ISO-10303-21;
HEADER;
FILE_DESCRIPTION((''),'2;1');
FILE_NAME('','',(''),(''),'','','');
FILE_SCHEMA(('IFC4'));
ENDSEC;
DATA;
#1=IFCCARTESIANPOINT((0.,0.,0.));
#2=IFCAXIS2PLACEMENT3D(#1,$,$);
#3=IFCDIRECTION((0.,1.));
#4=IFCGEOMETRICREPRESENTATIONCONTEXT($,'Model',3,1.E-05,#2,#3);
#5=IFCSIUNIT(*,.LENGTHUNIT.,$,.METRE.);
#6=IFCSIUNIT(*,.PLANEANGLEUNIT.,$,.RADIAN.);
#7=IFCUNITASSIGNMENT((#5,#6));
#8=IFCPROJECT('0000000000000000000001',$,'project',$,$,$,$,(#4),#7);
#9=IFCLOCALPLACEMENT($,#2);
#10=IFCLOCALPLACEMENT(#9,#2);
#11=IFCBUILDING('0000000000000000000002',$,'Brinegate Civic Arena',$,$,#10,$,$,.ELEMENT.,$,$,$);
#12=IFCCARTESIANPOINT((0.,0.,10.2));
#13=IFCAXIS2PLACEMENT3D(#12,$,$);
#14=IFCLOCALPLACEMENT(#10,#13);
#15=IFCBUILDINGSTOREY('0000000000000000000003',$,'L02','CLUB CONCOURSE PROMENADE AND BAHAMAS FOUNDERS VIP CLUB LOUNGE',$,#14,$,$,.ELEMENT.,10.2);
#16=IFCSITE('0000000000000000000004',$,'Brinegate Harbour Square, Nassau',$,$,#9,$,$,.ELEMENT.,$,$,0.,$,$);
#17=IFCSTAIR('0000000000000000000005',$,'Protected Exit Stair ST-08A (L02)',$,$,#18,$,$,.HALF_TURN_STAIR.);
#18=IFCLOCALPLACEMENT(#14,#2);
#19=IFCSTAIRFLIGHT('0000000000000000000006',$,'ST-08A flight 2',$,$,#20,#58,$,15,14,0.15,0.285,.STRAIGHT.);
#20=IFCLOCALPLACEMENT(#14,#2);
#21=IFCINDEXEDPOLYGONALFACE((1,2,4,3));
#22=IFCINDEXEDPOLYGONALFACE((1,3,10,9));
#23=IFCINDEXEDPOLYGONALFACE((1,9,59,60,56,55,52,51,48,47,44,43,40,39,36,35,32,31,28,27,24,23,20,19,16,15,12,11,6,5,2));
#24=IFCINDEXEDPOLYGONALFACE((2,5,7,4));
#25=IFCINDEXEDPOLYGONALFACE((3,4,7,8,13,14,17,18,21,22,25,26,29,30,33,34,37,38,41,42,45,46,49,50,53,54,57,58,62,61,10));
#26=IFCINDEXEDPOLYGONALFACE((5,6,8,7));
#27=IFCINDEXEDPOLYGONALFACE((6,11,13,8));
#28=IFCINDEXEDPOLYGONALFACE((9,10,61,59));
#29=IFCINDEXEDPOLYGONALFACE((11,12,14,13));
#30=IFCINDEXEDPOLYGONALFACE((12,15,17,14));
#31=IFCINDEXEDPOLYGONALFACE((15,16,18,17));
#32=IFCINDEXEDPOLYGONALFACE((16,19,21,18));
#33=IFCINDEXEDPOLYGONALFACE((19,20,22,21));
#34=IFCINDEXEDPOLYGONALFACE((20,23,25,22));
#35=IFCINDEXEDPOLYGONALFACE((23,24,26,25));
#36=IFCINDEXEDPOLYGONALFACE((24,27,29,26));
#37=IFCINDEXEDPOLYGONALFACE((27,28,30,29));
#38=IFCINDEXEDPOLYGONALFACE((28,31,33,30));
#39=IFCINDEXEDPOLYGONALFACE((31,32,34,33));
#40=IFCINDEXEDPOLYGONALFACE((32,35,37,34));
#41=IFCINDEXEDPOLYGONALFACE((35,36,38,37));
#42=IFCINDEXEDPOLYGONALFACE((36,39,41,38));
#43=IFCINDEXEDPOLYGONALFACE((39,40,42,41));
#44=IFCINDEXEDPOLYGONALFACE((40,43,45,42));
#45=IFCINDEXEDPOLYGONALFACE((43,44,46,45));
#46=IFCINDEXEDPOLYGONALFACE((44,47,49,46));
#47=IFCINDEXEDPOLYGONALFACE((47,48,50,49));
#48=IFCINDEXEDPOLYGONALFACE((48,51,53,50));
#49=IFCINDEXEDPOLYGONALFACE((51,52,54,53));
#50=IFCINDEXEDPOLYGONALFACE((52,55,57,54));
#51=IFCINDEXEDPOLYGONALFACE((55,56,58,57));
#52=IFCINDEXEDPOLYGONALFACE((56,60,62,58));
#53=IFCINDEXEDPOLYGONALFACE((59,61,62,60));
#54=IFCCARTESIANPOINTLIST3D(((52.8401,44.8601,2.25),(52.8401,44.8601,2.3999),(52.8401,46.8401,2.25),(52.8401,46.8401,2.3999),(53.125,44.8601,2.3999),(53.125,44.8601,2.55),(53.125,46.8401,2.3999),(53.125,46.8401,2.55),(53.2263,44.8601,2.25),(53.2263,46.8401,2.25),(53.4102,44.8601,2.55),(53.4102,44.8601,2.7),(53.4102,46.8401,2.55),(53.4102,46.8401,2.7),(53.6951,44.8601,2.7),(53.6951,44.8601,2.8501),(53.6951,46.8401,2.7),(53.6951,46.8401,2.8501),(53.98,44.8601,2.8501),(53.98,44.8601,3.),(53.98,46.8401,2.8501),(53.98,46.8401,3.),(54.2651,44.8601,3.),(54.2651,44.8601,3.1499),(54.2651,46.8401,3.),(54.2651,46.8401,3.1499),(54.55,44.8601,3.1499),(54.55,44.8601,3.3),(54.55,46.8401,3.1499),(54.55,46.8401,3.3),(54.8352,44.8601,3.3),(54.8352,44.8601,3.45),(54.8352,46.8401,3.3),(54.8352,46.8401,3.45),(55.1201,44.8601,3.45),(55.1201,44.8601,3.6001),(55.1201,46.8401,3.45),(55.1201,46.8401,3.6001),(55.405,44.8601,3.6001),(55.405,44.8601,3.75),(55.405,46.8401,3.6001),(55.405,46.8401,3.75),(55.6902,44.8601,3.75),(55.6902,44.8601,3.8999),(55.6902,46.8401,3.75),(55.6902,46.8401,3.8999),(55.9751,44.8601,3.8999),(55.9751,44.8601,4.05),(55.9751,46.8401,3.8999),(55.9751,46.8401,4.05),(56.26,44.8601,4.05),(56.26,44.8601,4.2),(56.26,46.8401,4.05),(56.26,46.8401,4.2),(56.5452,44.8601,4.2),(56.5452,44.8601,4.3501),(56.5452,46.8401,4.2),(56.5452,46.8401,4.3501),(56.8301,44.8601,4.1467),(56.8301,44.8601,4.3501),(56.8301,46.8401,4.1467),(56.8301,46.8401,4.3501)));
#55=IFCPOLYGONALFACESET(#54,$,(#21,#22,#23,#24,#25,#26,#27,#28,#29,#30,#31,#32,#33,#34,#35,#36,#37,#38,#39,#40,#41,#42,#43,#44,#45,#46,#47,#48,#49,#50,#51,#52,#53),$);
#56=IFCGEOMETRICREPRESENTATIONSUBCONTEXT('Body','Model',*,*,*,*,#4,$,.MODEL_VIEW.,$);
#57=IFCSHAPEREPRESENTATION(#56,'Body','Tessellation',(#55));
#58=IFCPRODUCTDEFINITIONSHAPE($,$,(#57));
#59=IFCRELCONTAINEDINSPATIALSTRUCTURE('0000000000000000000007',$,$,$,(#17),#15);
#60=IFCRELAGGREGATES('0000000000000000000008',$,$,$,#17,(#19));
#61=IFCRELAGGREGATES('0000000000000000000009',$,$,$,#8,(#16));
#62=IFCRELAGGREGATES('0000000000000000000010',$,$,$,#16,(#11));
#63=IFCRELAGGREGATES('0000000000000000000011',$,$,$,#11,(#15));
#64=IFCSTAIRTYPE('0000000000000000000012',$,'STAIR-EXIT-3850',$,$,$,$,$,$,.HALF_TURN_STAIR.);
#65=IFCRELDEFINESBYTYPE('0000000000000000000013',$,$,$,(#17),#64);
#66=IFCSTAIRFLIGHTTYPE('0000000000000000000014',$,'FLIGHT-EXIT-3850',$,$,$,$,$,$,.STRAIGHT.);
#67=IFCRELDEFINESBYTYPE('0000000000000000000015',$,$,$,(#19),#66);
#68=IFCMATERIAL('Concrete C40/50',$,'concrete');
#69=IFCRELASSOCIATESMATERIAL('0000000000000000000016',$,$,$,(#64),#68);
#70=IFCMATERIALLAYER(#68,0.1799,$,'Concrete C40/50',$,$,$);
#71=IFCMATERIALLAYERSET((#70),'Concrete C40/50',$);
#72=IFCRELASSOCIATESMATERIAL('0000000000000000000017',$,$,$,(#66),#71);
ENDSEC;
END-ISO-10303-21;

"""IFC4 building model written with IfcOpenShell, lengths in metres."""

from ifc_helpers import new_model, si_unit, direction, frame, origin, place, context, subcontext, project, spatial, polyline, outline, extrude, material, layer, layer_set, type_object, element, aggregate, save


model = new_model("IFC4")

# Units and contexts
model_context = context("Model", 3, precision=1e-05, world=origin(), true_north=direction((0.0, 1.0)))
body_context = subcontext(model_context, "Body", "Model", "MODEL_VIEW")
ifc_project = project(units=[si_unit("LENGTHUNIT", "METRE"), si_unit("PLANEANGLEUNIT", "RADIAN")], contexts=[model_context])

# Site, building, storey
site_placement = place(None, origin())
site = spatial("IfcSite", under=ifc_project, at=site_placement, Name="Brinegate Harbour Square, Nassau", CompositionType="ELEMENT", RefElevation=0.0)
building_placement = place(site_placement, origin())
building = spatial("IfcBuilding", under=site, at=building_placement, Name="Brinegate Civic Arena", CompositionType="ELEMENT")
storey_placement = place(building_placement, frame((0.0, 0.0, 10.2)))
storey = spatial("IfcBuildingStorey", under=building, at=storey_placement, Name="L02", Description="CLUB CONCOURSE PROMENADE AND BAHAMAS FOUNDERS VIP CLUB LOUNGE", CompositionType="ELEMENT", Elevation=10.2)

# Stair, stair flight
ifc_material_1 = material(Name="Concrete C40/50", Category="concrete")
stair_type_1 = type_object("IfcStairType", Name="STAIR-EXIT-3850", PredefinedType="HALF_TURN_STAIR", material=ifc_material_1)
stair_1_placement = place(storey_placement, origin())
stair_1 = element("IfcStair", 1, at=stair_1_placement, inside=storey, type_object=stair_type_1, Name="Protected Exit Stair ST-08A (L02)", PredefinedType="HALF_TURN_STAIR")
ifc_layer_1 = layer(ifc_material_1, 0.1799, Name="Concrete C40/50")
ifc_layer_set_1 = layer_set([ifc_layer_1], Name="Concrete C40/50")
stair_flight_type_1 = type_object("IfcStairFlightType", Name="FLIGHT-EXIT-3850", PredefinedType="STRAIGHT", material=ifc_layer_set_1)
stair_flight_1_placement = place(storey_placement, frame((52.8401, 45.8501, 2.25), z_axis=(0.0, 0.0, 1.0), x_axis=(1.0, 0.0, 0.0)))
stair_flight_1 = element("IfcStairFlight", 2, at=stair_flight_1_placement, type_object=stair_flight_type_1, Name="ST-08A flight 2", NumberOfRisers=15, NumberOfTreads=14, PredefinedType="STRAIGHT", RiserHeight=0.15, TreadLength=0.285, context=body_context, shape_type="SweptSolid", body=[
    extrude(outline(polyline([(0.0, 0.0), (0.0, 0.1499), (0.2849, 0.1499), (0.2849, 0.3), (0.5701, 0.3), (0.5701, 0.45), (0.855, 0.45), (0.855, 0.6001), (1.1399, 0.6001), (1.1399, 0.75), (1.425, 0.75), (1.425, 0.8999), (1.71, 0.8999), (1.71, 1.05), (1.9951, 1.05), (1.9951, 1.2), (2.28, 1.2), (2.28, 1.3501), (2.5649, 1.3501), (2.5649, 1.5), (2.8501, 1.5), (2.8501, 1.6499), (3.135, 1.6499), (3.135, 1.8), (3.4199, 1.8), (3.4199, 1.95), (3.7051, 1.95), (3.7051, 2.1001), (3.99, 2.1001), (3.99, 2.25), (3.99, 1.8967), (0.3862, 0.0), (0.0, 0.0)])), frame((0.0, 0.99, 0.0), z_axis=(0.0, -1.0, 0.0), x_axis=(1.0, 0.0, 0.0)), (0.0, 0.0, 1.0), 1.98),
])
aggregate(stair_1, [stair_flight_1])

save(model, "model.ifc")
